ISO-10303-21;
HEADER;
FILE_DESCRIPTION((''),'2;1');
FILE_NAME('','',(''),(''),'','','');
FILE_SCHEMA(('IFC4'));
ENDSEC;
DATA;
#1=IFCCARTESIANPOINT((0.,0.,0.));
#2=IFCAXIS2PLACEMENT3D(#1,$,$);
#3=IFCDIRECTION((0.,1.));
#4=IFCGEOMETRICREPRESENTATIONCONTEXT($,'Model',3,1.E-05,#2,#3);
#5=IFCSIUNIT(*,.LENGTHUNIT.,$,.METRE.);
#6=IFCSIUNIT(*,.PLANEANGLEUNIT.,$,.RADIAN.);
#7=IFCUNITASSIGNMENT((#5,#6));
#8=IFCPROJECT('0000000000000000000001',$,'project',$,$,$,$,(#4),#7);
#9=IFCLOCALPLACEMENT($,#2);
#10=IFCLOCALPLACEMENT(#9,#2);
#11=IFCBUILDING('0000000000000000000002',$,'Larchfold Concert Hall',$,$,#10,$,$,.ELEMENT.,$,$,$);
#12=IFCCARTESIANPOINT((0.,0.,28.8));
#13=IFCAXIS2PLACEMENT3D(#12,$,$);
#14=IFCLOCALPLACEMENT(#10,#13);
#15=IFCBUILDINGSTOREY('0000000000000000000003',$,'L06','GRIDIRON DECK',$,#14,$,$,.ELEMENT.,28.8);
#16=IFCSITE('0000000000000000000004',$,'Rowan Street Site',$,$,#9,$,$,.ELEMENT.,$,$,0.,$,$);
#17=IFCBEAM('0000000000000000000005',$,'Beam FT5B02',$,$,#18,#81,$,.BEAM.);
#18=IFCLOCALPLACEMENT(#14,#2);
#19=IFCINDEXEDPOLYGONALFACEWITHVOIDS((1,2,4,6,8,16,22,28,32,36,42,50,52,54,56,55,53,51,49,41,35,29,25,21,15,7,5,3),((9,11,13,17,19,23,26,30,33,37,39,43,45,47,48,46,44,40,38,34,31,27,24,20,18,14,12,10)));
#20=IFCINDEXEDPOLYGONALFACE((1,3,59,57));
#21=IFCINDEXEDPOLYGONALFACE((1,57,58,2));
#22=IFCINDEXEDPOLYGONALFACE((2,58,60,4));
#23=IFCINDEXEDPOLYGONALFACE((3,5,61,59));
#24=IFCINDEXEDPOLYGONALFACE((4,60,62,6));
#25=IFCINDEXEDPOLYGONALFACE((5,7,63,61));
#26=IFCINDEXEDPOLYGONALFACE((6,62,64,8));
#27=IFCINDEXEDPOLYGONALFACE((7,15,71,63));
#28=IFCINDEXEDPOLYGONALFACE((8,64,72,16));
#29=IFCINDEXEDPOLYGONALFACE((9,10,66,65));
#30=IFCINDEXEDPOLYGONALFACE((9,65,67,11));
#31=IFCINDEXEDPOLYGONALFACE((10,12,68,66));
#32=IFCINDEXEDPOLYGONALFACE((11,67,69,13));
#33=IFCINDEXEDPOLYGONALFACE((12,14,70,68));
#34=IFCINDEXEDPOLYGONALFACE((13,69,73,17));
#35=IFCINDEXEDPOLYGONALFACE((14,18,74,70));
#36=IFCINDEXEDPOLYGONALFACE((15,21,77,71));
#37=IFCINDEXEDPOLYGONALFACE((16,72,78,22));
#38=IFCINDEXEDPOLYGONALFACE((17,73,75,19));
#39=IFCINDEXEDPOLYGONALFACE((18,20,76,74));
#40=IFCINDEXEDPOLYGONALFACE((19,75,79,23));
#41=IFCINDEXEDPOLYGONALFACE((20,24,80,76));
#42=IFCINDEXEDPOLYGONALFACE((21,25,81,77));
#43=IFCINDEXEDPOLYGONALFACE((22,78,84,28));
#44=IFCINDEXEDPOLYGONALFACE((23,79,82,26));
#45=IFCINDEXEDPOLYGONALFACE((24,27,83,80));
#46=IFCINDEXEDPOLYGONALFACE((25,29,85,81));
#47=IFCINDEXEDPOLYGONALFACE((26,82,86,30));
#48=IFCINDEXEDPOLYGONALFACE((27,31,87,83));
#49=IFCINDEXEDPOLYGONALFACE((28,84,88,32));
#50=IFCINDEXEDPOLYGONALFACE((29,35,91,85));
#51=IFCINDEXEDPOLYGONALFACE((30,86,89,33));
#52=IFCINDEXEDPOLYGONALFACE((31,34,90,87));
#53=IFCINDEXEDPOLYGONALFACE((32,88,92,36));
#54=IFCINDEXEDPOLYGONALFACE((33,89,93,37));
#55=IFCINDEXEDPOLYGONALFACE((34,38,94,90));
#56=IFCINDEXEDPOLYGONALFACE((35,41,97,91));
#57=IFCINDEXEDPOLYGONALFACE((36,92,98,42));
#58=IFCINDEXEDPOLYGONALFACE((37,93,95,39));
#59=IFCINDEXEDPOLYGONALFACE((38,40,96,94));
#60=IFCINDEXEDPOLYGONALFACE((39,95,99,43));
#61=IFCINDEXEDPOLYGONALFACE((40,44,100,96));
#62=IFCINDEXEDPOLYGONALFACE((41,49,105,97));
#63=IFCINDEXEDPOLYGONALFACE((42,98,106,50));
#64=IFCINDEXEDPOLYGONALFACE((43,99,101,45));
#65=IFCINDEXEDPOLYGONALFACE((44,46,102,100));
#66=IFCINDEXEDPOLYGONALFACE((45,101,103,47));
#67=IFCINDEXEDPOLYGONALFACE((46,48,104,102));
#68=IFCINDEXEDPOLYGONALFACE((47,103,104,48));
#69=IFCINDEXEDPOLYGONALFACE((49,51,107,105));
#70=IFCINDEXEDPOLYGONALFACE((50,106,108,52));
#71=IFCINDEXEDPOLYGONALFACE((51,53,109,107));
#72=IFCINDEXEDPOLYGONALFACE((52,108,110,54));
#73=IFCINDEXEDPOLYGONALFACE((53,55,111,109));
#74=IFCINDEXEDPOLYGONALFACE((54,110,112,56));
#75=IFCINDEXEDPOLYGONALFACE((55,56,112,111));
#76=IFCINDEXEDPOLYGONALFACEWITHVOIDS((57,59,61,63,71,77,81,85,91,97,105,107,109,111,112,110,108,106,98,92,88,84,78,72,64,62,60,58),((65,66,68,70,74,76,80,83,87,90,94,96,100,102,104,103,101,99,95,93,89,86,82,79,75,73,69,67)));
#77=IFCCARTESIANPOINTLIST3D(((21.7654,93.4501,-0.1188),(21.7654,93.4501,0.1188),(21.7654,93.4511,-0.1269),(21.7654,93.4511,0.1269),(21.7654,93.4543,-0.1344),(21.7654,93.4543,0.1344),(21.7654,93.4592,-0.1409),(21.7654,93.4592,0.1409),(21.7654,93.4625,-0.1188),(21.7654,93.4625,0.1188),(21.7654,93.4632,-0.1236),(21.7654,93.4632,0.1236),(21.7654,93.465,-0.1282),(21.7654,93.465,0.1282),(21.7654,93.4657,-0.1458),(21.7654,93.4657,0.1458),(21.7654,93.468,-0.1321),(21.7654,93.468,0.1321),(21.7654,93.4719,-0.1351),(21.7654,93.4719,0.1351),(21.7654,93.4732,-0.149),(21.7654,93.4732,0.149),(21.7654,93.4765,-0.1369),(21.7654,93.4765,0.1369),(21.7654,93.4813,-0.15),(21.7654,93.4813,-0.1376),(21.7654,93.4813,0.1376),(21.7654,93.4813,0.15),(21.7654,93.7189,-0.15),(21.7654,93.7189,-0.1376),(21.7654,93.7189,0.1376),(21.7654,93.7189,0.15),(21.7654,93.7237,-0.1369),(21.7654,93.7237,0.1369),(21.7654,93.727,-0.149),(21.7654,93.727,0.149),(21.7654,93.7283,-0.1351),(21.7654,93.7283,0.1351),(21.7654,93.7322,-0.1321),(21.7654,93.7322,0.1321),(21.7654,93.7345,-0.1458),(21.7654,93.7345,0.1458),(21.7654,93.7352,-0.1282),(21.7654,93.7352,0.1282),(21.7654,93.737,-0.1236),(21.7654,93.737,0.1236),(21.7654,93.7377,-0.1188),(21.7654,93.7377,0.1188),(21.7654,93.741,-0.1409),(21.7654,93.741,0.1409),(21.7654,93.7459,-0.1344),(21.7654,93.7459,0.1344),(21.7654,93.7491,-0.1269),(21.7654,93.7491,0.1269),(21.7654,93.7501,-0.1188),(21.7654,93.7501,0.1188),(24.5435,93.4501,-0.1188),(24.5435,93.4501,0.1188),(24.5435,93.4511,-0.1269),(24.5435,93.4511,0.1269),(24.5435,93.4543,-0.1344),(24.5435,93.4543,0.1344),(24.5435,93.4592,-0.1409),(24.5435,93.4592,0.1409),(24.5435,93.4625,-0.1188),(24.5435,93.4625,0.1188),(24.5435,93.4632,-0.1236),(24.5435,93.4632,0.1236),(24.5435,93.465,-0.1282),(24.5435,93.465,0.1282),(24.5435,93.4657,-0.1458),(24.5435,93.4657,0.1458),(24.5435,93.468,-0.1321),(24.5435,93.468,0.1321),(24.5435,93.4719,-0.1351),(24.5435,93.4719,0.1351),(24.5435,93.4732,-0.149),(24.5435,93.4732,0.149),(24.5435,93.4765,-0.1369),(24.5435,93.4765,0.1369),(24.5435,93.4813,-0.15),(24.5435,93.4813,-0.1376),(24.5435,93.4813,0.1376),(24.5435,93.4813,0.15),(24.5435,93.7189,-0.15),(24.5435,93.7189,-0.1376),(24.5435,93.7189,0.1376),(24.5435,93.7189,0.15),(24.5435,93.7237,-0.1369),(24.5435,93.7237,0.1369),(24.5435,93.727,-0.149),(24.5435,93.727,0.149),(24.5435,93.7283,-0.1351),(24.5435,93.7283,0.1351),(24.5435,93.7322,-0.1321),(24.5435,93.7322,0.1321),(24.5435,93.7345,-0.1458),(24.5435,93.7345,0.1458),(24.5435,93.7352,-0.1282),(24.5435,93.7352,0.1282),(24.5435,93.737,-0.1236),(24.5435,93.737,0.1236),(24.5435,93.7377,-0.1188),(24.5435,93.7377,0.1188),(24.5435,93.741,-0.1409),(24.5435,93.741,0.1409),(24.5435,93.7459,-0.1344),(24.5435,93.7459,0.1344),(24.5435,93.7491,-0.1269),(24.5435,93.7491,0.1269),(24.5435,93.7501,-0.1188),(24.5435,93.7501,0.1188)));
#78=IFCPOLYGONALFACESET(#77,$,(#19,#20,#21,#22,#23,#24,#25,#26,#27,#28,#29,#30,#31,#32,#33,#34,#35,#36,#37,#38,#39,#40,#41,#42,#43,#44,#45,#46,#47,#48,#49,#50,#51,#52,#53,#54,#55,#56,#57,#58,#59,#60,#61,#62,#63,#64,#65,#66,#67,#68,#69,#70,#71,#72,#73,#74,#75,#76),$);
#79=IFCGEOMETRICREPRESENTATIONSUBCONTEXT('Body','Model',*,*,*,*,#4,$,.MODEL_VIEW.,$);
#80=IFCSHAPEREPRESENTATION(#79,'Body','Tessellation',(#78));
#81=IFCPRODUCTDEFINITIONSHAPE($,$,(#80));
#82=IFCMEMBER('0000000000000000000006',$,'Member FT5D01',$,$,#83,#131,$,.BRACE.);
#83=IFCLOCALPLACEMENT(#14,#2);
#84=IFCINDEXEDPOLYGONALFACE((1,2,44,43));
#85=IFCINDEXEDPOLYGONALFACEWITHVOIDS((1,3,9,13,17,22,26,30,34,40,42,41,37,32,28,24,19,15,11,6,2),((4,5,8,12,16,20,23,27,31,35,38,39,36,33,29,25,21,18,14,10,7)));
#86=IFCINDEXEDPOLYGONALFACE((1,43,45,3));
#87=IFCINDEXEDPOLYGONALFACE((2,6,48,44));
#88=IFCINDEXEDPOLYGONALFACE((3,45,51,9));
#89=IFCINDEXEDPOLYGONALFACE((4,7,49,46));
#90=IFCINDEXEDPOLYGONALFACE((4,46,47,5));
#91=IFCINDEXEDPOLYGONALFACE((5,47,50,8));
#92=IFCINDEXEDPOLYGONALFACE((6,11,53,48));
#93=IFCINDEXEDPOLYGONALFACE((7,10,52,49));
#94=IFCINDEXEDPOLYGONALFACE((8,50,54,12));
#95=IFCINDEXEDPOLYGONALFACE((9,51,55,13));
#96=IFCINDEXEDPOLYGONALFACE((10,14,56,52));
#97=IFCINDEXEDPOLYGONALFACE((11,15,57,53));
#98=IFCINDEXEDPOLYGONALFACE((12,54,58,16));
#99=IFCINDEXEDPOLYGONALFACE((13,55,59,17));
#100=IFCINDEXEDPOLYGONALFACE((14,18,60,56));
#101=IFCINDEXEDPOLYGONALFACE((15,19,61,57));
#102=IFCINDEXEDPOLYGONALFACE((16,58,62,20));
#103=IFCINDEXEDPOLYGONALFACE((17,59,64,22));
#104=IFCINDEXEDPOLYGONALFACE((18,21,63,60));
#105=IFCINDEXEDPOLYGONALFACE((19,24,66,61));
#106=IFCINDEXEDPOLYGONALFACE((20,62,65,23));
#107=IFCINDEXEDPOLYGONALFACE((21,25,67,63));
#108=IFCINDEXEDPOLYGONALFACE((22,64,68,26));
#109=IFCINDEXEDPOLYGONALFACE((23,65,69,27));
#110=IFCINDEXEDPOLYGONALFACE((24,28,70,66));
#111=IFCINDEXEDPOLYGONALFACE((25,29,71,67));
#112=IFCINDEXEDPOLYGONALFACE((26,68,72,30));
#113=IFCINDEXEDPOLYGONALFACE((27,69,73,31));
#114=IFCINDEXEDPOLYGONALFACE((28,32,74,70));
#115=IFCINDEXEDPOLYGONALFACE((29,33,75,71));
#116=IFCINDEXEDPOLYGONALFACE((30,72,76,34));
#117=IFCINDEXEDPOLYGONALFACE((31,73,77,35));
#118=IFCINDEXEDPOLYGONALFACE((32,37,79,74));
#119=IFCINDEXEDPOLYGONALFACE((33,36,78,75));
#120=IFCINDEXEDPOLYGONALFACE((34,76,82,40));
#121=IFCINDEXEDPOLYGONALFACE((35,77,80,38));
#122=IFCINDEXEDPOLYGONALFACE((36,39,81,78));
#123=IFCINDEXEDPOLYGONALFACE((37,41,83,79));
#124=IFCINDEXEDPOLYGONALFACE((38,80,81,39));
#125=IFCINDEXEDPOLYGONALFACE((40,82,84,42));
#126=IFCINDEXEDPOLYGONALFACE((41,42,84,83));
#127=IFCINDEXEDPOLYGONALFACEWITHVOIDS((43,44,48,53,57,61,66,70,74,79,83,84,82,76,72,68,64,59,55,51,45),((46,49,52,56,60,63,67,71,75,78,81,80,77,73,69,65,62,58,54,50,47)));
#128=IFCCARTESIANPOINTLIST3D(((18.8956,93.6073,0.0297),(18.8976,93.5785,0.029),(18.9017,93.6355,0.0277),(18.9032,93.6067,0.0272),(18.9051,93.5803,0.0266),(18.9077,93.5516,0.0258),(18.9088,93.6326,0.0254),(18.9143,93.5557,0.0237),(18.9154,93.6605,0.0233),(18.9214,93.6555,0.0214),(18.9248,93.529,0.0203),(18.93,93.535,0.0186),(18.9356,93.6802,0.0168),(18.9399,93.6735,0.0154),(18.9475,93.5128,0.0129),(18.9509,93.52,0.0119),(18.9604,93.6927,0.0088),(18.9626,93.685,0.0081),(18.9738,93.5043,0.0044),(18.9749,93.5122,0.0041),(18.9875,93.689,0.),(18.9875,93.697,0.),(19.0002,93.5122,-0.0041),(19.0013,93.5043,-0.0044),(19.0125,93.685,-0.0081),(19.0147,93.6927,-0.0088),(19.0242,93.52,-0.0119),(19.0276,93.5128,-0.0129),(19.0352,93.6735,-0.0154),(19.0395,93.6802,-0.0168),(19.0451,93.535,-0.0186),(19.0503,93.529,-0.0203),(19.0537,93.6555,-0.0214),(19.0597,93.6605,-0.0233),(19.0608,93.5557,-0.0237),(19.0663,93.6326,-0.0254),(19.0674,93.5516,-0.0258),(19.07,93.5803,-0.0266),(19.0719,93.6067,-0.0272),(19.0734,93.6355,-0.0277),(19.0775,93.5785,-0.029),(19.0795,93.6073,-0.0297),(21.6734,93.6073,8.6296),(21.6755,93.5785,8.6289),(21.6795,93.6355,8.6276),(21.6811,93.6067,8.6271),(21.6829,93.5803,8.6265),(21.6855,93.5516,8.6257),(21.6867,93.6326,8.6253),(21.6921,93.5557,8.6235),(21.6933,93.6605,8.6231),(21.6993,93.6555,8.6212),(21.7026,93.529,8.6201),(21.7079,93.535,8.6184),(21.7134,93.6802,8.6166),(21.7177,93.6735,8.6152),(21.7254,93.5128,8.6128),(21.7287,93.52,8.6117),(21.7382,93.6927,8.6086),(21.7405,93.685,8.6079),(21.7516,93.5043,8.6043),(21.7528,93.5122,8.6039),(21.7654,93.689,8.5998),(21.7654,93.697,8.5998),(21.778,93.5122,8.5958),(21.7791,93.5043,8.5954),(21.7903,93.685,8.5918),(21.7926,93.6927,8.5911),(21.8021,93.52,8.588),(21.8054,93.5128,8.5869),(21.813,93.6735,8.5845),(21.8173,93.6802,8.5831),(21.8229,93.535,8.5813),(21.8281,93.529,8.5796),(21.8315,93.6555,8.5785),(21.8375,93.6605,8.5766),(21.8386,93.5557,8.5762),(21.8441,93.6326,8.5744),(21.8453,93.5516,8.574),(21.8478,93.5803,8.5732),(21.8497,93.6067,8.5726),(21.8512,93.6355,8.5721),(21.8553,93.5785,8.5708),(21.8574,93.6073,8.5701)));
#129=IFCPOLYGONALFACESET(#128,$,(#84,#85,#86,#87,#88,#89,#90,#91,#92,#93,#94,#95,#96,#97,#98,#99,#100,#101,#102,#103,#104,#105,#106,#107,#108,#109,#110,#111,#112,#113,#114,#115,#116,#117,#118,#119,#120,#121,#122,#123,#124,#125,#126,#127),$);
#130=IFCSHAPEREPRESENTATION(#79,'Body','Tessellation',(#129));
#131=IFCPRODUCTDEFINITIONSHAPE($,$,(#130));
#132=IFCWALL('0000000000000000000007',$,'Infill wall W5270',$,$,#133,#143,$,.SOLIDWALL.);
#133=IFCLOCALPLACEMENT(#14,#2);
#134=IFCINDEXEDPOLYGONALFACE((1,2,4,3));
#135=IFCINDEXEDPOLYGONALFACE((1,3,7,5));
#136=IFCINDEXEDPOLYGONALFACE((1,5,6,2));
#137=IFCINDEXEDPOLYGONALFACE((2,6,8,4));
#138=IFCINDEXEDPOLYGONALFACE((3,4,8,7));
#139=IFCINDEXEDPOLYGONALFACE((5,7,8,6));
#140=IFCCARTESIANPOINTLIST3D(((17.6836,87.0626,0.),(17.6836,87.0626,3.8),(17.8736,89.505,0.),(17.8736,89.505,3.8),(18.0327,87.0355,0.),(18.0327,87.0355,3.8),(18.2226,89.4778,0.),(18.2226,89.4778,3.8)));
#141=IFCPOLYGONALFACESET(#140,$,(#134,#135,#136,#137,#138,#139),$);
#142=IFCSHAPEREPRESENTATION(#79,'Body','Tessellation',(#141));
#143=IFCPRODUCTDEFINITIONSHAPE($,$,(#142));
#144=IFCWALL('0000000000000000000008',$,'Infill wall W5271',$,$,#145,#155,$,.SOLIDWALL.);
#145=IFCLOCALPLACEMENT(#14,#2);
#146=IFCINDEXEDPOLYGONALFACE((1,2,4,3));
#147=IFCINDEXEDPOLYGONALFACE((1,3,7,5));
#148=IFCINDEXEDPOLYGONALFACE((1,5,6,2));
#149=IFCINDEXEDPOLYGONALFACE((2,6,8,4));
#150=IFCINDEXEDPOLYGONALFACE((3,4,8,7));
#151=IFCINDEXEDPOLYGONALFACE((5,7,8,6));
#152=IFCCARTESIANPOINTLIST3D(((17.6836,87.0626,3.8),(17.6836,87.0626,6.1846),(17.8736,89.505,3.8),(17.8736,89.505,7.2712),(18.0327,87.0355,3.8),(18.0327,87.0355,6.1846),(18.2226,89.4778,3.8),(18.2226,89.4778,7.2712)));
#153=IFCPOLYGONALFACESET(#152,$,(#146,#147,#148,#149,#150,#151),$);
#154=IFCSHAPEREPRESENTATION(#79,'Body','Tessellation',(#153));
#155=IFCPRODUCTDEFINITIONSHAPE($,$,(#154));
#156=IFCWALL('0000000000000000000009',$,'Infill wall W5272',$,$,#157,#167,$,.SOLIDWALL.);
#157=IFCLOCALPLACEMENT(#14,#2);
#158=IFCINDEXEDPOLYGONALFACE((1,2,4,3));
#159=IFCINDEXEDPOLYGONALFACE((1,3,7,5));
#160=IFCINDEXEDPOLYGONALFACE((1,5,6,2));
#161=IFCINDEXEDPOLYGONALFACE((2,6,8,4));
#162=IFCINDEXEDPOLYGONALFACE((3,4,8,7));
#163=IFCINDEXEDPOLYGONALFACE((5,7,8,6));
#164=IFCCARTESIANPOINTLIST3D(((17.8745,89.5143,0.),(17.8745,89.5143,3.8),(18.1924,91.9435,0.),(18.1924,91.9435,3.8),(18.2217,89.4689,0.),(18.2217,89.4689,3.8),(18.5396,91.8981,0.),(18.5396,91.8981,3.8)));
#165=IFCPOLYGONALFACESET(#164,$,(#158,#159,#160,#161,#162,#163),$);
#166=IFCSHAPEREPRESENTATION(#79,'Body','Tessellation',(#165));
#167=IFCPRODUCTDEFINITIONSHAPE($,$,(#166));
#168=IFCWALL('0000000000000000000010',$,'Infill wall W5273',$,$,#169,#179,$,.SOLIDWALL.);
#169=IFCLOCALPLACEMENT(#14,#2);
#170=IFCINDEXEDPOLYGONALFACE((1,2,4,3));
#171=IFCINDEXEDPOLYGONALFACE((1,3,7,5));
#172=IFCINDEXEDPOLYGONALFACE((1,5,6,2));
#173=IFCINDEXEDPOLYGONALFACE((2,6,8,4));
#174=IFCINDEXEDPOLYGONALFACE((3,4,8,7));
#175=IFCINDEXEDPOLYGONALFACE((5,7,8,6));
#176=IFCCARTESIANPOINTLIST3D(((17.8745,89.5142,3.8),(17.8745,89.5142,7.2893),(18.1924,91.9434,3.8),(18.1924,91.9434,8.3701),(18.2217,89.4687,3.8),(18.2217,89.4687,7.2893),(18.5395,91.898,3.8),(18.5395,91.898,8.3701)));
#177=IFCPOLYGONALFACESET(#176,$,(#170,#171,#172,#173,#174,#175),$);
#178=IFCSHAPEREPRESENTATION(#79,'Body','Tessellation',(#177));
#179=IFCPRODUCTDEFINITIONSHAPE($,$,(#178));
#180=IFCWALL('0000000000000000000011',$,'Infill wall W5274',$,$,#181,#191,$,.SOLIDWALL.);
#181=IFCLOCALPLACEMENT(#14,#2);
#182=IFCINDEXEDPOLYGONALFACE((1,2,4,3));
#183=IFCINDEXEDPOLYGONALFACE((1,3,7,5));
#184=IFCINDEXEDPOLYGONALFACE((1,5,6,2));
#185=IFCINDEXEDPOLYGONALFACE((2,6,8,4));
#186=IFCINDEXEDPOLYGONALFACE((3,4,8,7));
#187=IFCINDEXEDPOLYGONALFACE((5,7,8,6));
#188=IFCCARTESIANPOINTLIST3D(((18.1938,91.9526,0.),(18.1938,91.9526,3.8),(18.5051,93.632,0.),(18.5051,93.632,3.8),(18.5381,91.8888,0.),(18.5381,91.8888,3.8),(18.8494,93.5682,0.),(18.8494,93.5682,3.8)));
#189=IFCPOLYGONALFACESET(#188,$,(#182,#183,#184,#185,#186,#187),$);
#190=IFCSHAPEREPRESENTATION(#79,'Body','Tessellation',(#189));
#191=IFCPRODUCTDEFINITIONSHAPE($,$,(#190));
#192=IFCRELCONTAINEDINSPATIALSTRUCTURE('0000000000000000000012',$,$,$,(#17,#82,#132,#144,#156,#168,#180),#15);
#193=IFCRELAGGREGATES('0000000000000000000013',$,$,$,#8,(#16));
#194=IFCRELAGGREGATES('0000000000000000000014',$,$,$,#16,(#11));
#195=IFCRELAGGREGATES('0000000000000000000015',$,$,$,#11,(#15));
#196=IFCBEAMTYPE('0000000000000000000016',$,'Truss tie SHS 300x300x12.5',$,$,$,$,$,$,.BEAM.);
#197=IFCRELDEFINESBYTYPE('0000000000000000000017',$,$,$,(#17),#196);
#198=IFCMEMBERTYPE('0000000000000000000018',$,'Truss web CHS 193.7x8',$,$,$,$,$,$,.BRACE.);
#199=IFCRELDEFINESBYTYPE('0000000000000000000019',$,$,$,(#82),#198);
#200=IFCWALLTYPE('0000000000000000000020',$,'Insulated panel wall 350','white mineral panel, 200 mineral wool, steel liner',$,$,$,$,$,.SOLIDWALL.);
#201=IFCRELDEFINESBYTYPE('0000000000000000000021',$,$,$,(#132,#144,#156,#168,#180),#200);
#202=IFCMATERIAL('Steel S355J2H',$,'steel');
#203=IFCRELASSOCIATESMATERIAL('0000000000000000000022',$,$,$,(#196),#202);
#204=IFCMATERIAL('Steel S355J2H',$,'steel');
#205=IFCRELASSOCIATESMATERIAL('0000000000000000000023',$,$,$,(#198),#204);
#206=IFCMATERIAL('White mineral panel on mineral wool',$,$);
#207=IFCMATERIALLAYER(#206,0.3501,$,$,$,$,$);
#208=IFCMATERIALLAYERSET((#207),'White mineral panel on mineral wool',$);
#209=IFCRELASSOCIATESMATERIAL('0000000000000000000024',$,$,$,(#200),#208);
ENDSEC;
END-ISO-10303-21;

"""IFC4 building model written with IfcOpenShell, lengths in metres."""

from ifc_helpers import new_model, si_unit, direction, frame, frame_2d, origin, origin_2d, place, context, subcontext, project, spatial, polyline, rectangle, hollow_rectangle, hollow_circle, outline, extrude, material, layer, layer_set, material_profile, profile_set, type_object, element, save


model = new_model("IFC4")

# Units and contexts
model_context = context("Model", 3, precision=1e-05, world=origin(), true_north=direction((0.0, 1.0)))
body_context = subcontext(model_context, "Body", "Model", "MODEL_VIEW")
ifc_project = project(units=[si_unit("LENGTHUNIT", "METRE"), si_unit("PLANEANGLEUNIT", "RADIAN")], contexts=[model_context])

# Site, building, storey
site_placement = place(None, origin())
site = spatial("IfcSite", under=ifc_project, at=site_placement, Name="Rowan Street Site", CompositionType="ELEMENT", RefElevation=0.0)
building_placement = place(site_placement, origin())
building = spatial("IfcBuilding", under=site, at=building_placement, Name="Larchfold Concert Hall", CompositionType="ELEMENT")
storey_placement = place(building_placement, frame((0.0, 0.0, 28.8)))
storey = spatial("IfcBuildingStorey", under=building, at=storey_placement, Name="L06", Description="GRIDIRON DECK", CompositionType="ELEMENT", Elevation=28.8)

# Beam
ifc_material_1 = material(Name="Steel S355J2H", Category="steel")
ifc_material_profile_1 = material_profile(ifc_material_1, hollow_rectangle(XDim=0.3, YDim=0.3, WallThickness=0.0125, InnerFilletRadius=0.0188, OuterFilletRadius=0.0312, at=origin_2d()))
ifc_profile_set_1 = profile_set([ifc_material_profile_1], Name="Steel S355J2H")
beam_type_1 = type_object("IfcBeamType", Name="Truss tie SHS 300x300x12.5", PredefinedType="BEAM", material=ifc_profile_set_1)
beam_1_placement = place(storey_placement, frame((21.7654, 93.6001, 0.0), z_axis=(1.0, 0.0, 0.0), x_axis=(0.0, 1.0, 0.0)))
element("IfcBeam", 1, at=beam_1_placement, inside=storey, type_object=beam_type_1, Name="Beam FT5B02", PredefinedType="BEAM", context=body_context, shape_type="SweptSolid", body=[
    extrude(hollow_rectangle(XDim=0.3, YDim=0.3, WallThickness=0.0125, InnerFilletRadius=0.0188, OuterFilletRadius=0.0312, at=origin_2d()), origin(), (0.0, 0.0, 1.0), 2.7781),
])

# Member
ifc_material_2 = material(Name="Steel S355J2H", Category="steel")
ifc_material_profile_2 = material_profile(ifc_material_2, hollow_circle(Radius=0.0969, WallThickness=0.0081, at=origin_2d()))
ifc_profile_set_2 = profile_set([ifc_material_profile_2], Name="Steel S355J2H")
member_type_1 = type_object("IfcMemberType", Name="Truss web CHS 193.7x8", PredefinedType="BRACE", material=ifc_profile_set_2)
member_1_placement = place(storey_placement, frame((18.9875, 93.6001, 0.0), z_axis=(0.307372, 0.0, 0.951589), x_axis=(0.0, 1.0, 0.0)))
element("IfcMember", 2, at=member_1_placement, inside=storey, type_object=member_type_1, Name="Member FT5D01", PredefinedType="BRACE", context=body_context, shape_type="SweptSolid", body=[
    extrude(hollow_circle(Radius=0.0969, WallThickness=0.0081, at=origin_2d()), origin(), (0.0, 0.0, 1.0), 9.0374),
])

# Walls
ifc_material_3 = material(Name="White mineral panel on mineral wool")
ifc_layer = layer(ifc_material_3, 0.3501)
ifc_layer_set = layer_set([ifc_layer], Name="White mineral panel on mineral wool")
wall_type = type_object("IfcWallType", Name="Insulated panel wall 350", Description="white mineral panel, 200 mineral wool, steel liner", PredefinedType="SOLIDWALL", material=ifc_layer_set)
wall_1_placement = place(storey_placement, frame((17.8582, 87.0491, 0.0), z_axis=(0.0, 0.0, 1.0), x_axis=(0.077535, 0.99699, 0.0)))
element("IfcWall", 3, at=wall_1_placement, inside=storey, type_object=wall_type, Name="Infill wall W5270", PredefinedType="SOLIDWALL", context=body_context, shape_type="SweptSolid", body=[
    extrude(rectangle(XDim=2.4497, YDim=0.3501, at=frame_2d((1.2249, 0.0))), origin(), (0.0, 0.0, 1.0), 3.8),
])
wall_2_placement = place(storey_placement, frame((17.8582, 87.0491, 3.8), z_axis=(0.0, 0.0, 1.0), x_axis=(0.077535, 0.99699, 0.0)))
element("IfcWall", 4, at=wall_2_placement, inside=storey, type_object=wall_type, Name="Infill wall W5271", PredefinedType="SOLIDWALL", context=body_context, shape_type="SweptSolid", body=[
    extrude(outline(polyline([(0.0, 0.0), (2.4497, 0.0), (2.4497, 3.4712), (0.0, 2.3845), (0.0, 0.0)])), frame((0.0, 0.175, 0.0), z_axis=(0.0, -1.0, 0.0), x_axis=(1.0, 0.0, 0.0)), (0.0, 0.0, 1.0), 0.3501),
])
wall_3_placement = place(storey_placement, frame((18.0481, 89.4915, 0.0), z_axis=(0.0, 0.0, 1.0), x_axis=(0.129748, 0.991547, 0.0)))
element("IfcWall", 5, at=wall_3_placement, inside=storey, type_object=wall_type, Name="Infill wall W5272", PredefinedType="SOLIDWALL", context=body_context, shape_type="SweptSolid", body=[
    extrude(rectangle(XDim=2.45, YDim=0.3501, at=frame_2d((1.2251, 0.0))), origin(), (0.0, 0.0, 1.0), 3.8),
])
wall_4_placement = place(storey_placement, frame((18.0481, 89.4915, 3.8), z_axis=(0.0, 0.0, 1.0), x_axis=(0.129748, 0.991547, 0.0)))
element("IfcWall", 6, at=wall_4_placement, inside=storey, type_object=wall_type, Name="Infill wall W5273", PredefinedType="SOLIDWALL", context=body_context, shape_type="SweptSolid", body=[
    extrude(outline(polyline([(0.0, 0.0), (2.45, 0.0), (2.45, 4.5701), (0.0, 3.4893), (0.0, 0.0)])), frame((0.0, 0.175, 0.0), z_axis=(0.0, -1.0, 0.0), x_axis=(1.0, 0.0, 0.0)), (0.0, 0.0, 1.0), 0.3501),
])
wall_5_placement = place(storey_placement, frame((18.366, 91.9207, 0.0), z_axis=(0.0, 0.0, 1.0), x_axis=(0.182243, 0.983254, 0.0)))
element("IfcWall", 7, at=wall_5_placement, inside=storey, type_object=wall_type, Name="Infill wall W5274", PredefinedType="SOLIDWALL", context=body_context, shape_type="SweptSolid", body=[
    extrude(rectangle(XDim=1.708, YDim=0.3501, at=frame_2d((0.854, 0.0))), origin(), (0.0, 0.0, 1.0), 3.8),
])

save(model, "model.ifc")
